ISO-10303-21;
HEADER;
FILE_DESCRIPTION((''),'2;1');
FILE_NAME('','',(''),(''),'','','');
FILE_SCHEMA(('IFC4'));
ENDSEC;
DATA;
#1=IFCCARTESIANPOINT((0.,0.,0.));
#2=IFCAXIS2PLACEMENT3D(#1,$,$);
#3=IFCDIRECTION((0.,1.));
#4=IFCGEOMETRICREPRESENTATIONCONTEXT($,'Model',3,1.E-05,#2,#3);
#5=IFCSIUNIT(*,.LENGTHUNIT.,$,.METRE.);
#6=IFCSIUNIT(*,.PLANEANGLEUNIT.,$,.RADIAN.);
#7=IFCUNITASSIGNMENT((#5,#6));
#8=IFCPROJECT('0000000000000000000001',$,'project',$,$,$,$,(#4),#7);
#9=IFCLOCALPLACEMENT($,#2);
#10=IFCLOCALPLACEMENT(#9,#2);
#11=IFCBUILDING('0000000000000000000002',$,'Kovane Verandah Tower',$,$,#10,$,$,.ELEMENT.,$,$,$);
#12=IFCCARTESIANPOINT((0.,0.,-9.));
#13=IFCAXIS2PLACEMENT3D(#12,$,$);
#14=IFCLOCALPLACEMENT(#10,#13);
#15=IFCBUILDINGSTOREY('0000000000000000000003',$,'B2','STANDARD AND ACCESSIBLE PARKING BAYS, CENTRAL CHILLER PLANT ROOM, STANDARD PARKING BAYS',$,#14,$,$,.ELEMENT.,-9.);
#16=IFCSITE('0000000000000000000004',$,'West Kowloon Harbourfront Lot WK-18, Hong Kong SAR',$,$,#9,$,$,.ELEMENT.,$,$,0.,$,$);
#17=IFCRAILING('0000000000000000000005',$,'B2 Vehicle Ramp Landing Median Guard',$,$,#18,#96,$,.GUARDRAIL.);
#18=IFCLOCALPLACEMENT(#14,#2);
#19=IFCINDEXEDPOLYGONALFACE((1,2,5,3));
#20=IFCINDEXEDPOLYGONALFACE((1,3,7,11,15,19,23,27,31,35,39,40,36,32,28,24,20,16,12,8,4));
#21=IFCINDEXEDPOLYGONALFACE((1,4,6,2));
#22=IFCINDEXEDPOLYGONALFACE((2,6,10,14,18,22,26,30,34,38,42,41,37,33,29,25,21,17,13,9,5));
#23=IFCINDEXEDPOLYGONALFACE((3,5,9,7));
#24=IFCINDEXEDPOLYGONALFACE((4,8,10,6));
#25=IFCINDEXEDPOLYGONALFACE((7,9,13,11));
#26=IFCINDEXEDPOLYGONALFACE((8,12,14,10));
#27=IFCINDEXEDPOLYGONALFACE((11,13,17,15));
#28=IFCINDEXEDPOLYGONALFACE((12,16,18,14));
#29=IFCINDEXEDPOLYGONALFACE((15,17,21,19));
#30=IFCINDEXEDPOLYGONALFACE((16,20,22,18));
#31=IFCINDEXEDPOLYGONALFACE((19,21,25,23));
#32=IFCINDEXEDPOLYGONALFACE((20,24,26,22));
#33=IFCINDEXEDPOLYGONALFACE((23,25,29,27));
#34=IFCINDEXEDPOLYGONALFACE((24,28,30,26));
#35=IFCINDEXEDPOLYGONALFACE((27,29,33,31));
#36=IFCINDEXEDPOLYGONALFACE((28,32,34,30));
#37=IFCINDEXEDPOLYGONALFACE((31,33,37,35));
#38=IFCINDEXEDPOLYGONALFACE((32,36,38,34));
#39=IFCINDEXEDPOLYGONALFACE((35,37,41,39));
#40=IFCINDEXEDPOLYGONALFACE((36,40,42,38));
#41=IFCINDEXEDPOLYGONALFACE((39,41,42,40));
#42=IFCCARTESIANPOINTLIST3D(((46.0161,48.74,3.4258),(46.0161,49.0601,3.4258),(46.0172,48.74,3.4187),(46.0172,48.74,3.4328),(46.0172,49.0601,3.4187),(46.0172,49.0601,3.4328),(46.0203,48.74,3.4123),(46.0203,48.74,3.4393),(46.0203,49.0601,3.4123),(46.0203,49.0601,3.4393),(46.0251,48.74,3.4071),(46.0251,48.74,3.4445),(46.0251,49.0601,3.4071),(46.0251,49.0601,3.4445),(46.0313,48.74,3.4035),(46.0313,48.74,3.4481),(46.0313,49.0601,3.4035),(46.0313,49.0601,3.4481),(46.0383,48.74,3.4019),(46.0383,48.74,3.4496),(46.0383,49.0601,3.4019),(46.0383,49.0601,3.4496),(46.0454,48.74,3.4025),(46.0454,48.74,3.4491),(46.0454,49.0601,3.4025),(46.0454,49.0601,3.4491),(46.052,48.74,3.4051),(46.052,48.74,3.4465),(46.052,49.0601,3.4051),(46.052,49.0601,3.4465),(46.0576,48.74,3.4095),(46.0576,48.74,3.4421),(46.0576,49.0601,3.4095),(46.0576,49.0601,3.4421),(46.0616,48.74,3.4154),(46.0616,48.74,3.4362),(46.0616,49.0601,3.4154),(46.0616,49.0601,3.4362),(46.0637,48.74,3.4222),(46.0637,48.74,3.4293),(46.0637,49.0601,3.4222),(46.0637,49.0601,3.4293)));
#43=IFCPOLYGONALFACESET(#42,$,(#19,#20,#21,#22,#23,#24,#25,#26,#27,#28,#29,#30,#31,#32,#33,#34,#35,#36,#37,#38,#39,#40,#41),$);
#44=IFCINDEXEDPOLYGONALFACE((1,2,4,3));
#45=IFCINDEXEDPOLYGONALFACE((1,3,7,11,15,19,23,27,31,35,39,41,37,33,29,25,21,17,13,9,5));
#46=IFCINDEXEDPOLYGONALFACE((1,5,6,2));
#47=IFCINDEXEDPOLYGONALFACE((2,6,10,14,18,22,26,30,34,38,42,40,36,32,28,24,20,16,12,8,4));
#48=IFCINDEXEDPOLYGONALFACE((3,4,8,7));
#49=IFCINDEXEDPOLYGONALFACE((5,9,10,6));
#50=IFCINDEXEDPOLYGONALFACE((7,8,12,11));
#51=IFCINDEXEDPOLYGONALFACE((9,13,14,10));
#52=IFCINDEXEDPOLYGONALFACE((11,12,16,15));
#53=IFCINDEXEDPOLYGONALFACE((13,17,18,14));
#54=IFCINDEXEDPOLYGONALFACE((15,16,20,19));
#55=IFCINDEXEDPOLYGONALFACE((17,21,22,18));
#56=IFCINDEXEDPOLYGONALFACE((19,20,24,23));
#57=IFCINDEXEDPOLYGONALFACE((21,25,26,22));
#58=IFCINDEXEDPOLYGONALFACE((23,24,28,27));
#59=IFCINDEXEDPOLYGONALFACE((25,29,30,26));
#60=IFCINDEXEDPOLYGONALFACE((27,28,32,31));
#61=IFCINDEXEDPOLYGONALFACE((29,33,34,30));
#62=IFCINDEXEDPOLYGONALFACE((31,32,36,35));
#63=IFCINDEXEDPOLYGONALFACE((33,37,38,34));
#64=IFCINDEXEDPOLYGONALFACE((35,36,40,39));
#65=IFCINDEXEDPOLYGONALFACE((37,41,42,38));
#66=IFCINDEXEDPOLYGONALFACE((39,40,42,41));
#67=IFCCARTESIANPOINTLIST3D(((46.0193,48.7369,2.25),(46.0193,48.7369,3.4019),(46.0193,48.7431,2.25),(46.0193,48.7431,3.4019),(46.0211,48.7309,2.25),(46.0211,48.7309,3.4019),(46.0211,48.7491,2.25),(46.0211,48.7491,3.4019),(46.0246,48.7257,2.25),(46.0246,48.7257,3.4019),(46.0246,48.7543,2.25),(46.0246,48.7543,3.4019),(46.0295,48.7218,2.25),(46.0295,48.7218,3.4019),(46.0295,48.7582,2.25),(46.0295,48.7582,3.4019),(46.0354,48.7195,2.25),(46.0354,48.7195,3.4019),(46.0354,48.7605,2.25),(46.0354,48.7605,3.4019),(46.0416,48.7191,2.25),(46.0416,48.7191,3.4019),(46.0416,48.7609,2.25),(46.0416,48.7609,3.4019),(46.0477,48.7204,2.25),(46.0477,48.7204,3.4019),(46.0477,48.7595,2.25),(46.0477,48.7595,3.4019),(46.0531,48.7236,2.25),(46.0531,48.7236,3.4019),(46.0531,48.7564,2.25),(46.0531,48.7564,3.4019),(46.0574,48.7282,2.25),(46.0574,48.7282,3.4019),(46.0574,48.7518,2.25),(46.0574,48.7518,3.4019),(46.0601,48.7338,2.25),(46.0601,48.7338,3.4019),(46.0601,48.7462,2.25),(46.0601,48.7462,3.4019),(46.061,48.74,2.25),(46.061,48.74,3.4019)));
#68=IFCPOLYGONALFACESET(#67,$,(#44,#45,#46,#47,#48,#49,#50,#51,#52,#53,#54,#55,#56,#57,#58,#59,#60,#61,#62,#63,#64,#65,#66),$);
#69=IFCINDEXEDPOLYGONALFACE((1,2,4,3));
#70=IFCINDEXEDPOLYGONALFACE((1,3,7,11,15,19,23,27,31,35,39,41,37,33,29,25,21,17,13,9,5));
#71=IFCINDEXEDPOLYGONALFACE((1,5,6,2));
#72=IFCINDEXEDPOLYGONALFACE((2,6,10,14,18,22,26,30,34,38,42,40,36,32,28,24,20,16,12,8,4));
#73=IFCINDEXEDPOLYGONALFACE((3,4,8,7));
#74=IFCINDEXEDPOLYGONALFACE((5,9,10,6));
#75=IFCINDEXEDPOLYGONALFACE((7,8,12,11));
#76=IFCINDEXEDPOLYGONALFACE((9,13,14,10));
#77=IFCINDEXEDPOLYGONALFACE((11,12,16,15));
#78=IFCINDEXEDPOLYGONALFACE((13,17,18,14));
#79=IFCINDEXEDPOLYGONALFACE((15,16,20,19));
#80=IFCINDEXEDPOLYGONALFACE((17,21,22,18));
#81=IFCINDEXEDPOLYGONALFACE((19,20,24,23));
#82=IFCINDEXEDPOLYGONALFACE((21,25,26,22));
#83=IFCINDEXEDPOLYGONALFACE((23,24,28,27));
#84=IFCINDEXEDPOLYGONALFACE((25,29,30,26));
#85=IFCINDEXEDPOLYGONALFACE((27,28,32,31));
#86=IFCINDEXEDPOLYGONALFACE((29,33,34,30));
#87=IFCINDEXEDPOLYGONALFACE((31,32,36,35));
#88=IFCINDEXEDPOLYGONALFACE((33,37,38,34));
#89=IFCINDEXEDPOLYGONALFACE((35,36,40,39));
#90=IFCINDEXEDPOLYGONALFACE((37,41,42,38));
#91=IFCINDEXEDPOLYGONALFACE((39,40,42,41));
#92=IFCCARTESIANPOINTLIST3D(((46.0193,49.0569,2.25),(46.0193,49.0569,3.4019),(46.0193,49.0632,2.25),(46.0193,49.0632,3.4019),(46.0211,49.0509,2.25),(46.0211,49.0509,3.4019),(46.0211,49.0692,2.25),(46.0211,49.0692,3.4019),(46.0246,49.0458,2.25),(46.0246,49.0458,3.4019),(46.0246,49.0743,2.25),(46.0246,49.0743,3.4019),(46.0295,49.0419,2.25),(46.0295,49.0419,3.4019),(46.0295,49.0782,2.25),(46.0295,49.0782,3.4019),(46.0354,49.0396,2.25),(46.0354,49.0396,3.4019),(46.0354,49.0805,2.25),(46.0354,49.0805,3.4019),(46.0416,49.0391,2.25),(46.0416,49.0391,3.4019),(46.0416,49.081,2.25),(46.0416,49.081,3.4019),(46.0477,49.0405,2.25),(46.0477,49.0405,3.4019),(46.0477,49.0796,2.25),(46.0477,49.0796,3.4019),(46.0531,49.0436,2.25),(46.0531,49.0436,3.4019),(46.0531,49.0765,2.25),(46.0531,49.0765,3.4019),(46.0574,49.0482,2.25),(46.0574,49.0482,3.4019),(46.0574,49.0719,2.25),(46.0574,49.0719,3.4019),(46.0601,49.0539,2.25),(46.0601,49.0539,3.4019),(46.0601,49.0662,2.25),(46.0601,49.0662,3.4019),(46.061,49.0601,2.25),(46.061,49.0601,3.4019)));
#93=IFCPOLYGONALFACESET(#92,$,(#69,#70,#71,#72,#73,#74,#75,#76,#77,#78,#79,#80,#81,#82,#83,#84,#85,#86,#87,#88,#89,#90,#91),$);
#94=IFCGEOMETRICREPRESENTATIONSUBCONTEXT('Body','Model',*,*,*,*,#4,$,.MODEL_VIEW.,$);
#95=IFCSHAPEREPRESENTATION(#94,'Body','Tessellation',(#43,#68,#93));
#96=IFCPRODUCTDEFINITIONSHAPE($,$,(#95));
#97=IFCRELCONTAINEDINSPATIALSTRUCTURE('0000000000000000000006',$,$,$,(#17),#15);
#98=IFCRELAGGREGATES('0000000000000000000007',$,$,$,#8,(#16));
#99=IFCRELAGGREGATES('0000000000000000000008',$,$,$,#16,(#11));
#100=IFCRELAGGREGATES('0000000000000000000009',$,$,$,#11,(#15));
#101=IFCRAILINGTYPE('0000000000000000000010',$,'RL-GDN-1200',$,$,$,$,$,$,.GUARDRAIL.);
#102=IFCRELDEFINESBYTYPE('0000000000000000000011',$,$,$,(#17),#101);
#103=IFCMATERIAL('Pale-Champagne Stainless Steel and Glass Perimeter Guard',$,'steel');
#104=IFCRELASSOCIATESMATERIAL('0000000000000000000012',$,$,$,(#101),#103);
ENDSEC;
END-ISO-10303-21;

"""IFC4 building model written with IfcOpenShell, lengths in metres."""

from ifc_helpers import new_model, si_unit, direction, frame, origin, origin_2d, place, context, subcontext, project, spatial, circle, extrude, material, type_object, element, save


model = new_model("IFC4")

# Units and contexts
model_context = context("Model", 3, precision=1e-05, world=origin(), true_north=direction((0.0, 1.0)))
body_context = subcontext(model_context, "Body", "Model", "MODEL_VIEW")
ifc_project = project(units=[si_unit("LENGTHUNIT", "METRE"), si_unit("PLANEANGLEUNIT", "RADIAN")], contexts=[model_context])

# Site, building, storey
site_placement = place(None, origin())
site = spatial("IfcSite", under=ifc_project, at=site_placement, Name="West Kowloon Harbourfront Lot WK-18, Hong Kong SAR", CompositionType="ELEMENT", RefElevation=0.0)
building_placement = place(site_placement, origin())
building = spatial("IfcBuilding", under=site, at=building_placement, Name="Kovane Verandah Tower", CompositionType="ELEMENT")
storey_placement = place(building_placement, frame((0.0, 0.0, -9.0)))
storey = spatial("IfcBuildingStorey", under=building, at=storey_placement, Name="B2", Description="STANDARD AND ACCESSIBLE PARKING BAYS, CENTRAL CHILLER PLANT ROOM, STANDARD PARKING BAYS", CompositionType="ELEMENT", Elevation=-9.0)

# Railing
ifc_material_1 = material(Name="Pale-Champagne Stainless Steel and Glass Perimeter Guard", Category="steel")
railing_type = type_object("IfcRailingType", Name="RL-GDN-1200", PredefinedType="GUARDRAIL", material=ifc_material_1)
railing_1_placement = place(storey_placement, frame((46.04, 48.74, 2.25)))
element("IfcRailing", 1, at=railing_1_placement, inside=storey, type_object=railing_type, Name="B2 Vehicle Ramp Landing Median Guard", PredefinedType="GUARDRAIL", context=body_context, shape_type="SweptSolid", body=[
    extrude(circle(Radius=0.0239, at=origin_2d()), frame((0.0, 0.0, 1.1758), z_axis=(0.0, 1.0, 0.0), x_axis=(-1.0, 0.0, 0.0)), (0.0, 0.0, 1.0), 0.3201),
    extrude(circle(Radius=0.021, at=origin_2d()), origin(), (0.0, 0.0, 1.0), 1.1519),
    extrude(circle(Radius=0.021, at=origin_2d()), frame((0.0, 0.3201, 0.0)), (0.0, 0.0, 1.0), 1.1519),
])

save(model, "model.ifc")
